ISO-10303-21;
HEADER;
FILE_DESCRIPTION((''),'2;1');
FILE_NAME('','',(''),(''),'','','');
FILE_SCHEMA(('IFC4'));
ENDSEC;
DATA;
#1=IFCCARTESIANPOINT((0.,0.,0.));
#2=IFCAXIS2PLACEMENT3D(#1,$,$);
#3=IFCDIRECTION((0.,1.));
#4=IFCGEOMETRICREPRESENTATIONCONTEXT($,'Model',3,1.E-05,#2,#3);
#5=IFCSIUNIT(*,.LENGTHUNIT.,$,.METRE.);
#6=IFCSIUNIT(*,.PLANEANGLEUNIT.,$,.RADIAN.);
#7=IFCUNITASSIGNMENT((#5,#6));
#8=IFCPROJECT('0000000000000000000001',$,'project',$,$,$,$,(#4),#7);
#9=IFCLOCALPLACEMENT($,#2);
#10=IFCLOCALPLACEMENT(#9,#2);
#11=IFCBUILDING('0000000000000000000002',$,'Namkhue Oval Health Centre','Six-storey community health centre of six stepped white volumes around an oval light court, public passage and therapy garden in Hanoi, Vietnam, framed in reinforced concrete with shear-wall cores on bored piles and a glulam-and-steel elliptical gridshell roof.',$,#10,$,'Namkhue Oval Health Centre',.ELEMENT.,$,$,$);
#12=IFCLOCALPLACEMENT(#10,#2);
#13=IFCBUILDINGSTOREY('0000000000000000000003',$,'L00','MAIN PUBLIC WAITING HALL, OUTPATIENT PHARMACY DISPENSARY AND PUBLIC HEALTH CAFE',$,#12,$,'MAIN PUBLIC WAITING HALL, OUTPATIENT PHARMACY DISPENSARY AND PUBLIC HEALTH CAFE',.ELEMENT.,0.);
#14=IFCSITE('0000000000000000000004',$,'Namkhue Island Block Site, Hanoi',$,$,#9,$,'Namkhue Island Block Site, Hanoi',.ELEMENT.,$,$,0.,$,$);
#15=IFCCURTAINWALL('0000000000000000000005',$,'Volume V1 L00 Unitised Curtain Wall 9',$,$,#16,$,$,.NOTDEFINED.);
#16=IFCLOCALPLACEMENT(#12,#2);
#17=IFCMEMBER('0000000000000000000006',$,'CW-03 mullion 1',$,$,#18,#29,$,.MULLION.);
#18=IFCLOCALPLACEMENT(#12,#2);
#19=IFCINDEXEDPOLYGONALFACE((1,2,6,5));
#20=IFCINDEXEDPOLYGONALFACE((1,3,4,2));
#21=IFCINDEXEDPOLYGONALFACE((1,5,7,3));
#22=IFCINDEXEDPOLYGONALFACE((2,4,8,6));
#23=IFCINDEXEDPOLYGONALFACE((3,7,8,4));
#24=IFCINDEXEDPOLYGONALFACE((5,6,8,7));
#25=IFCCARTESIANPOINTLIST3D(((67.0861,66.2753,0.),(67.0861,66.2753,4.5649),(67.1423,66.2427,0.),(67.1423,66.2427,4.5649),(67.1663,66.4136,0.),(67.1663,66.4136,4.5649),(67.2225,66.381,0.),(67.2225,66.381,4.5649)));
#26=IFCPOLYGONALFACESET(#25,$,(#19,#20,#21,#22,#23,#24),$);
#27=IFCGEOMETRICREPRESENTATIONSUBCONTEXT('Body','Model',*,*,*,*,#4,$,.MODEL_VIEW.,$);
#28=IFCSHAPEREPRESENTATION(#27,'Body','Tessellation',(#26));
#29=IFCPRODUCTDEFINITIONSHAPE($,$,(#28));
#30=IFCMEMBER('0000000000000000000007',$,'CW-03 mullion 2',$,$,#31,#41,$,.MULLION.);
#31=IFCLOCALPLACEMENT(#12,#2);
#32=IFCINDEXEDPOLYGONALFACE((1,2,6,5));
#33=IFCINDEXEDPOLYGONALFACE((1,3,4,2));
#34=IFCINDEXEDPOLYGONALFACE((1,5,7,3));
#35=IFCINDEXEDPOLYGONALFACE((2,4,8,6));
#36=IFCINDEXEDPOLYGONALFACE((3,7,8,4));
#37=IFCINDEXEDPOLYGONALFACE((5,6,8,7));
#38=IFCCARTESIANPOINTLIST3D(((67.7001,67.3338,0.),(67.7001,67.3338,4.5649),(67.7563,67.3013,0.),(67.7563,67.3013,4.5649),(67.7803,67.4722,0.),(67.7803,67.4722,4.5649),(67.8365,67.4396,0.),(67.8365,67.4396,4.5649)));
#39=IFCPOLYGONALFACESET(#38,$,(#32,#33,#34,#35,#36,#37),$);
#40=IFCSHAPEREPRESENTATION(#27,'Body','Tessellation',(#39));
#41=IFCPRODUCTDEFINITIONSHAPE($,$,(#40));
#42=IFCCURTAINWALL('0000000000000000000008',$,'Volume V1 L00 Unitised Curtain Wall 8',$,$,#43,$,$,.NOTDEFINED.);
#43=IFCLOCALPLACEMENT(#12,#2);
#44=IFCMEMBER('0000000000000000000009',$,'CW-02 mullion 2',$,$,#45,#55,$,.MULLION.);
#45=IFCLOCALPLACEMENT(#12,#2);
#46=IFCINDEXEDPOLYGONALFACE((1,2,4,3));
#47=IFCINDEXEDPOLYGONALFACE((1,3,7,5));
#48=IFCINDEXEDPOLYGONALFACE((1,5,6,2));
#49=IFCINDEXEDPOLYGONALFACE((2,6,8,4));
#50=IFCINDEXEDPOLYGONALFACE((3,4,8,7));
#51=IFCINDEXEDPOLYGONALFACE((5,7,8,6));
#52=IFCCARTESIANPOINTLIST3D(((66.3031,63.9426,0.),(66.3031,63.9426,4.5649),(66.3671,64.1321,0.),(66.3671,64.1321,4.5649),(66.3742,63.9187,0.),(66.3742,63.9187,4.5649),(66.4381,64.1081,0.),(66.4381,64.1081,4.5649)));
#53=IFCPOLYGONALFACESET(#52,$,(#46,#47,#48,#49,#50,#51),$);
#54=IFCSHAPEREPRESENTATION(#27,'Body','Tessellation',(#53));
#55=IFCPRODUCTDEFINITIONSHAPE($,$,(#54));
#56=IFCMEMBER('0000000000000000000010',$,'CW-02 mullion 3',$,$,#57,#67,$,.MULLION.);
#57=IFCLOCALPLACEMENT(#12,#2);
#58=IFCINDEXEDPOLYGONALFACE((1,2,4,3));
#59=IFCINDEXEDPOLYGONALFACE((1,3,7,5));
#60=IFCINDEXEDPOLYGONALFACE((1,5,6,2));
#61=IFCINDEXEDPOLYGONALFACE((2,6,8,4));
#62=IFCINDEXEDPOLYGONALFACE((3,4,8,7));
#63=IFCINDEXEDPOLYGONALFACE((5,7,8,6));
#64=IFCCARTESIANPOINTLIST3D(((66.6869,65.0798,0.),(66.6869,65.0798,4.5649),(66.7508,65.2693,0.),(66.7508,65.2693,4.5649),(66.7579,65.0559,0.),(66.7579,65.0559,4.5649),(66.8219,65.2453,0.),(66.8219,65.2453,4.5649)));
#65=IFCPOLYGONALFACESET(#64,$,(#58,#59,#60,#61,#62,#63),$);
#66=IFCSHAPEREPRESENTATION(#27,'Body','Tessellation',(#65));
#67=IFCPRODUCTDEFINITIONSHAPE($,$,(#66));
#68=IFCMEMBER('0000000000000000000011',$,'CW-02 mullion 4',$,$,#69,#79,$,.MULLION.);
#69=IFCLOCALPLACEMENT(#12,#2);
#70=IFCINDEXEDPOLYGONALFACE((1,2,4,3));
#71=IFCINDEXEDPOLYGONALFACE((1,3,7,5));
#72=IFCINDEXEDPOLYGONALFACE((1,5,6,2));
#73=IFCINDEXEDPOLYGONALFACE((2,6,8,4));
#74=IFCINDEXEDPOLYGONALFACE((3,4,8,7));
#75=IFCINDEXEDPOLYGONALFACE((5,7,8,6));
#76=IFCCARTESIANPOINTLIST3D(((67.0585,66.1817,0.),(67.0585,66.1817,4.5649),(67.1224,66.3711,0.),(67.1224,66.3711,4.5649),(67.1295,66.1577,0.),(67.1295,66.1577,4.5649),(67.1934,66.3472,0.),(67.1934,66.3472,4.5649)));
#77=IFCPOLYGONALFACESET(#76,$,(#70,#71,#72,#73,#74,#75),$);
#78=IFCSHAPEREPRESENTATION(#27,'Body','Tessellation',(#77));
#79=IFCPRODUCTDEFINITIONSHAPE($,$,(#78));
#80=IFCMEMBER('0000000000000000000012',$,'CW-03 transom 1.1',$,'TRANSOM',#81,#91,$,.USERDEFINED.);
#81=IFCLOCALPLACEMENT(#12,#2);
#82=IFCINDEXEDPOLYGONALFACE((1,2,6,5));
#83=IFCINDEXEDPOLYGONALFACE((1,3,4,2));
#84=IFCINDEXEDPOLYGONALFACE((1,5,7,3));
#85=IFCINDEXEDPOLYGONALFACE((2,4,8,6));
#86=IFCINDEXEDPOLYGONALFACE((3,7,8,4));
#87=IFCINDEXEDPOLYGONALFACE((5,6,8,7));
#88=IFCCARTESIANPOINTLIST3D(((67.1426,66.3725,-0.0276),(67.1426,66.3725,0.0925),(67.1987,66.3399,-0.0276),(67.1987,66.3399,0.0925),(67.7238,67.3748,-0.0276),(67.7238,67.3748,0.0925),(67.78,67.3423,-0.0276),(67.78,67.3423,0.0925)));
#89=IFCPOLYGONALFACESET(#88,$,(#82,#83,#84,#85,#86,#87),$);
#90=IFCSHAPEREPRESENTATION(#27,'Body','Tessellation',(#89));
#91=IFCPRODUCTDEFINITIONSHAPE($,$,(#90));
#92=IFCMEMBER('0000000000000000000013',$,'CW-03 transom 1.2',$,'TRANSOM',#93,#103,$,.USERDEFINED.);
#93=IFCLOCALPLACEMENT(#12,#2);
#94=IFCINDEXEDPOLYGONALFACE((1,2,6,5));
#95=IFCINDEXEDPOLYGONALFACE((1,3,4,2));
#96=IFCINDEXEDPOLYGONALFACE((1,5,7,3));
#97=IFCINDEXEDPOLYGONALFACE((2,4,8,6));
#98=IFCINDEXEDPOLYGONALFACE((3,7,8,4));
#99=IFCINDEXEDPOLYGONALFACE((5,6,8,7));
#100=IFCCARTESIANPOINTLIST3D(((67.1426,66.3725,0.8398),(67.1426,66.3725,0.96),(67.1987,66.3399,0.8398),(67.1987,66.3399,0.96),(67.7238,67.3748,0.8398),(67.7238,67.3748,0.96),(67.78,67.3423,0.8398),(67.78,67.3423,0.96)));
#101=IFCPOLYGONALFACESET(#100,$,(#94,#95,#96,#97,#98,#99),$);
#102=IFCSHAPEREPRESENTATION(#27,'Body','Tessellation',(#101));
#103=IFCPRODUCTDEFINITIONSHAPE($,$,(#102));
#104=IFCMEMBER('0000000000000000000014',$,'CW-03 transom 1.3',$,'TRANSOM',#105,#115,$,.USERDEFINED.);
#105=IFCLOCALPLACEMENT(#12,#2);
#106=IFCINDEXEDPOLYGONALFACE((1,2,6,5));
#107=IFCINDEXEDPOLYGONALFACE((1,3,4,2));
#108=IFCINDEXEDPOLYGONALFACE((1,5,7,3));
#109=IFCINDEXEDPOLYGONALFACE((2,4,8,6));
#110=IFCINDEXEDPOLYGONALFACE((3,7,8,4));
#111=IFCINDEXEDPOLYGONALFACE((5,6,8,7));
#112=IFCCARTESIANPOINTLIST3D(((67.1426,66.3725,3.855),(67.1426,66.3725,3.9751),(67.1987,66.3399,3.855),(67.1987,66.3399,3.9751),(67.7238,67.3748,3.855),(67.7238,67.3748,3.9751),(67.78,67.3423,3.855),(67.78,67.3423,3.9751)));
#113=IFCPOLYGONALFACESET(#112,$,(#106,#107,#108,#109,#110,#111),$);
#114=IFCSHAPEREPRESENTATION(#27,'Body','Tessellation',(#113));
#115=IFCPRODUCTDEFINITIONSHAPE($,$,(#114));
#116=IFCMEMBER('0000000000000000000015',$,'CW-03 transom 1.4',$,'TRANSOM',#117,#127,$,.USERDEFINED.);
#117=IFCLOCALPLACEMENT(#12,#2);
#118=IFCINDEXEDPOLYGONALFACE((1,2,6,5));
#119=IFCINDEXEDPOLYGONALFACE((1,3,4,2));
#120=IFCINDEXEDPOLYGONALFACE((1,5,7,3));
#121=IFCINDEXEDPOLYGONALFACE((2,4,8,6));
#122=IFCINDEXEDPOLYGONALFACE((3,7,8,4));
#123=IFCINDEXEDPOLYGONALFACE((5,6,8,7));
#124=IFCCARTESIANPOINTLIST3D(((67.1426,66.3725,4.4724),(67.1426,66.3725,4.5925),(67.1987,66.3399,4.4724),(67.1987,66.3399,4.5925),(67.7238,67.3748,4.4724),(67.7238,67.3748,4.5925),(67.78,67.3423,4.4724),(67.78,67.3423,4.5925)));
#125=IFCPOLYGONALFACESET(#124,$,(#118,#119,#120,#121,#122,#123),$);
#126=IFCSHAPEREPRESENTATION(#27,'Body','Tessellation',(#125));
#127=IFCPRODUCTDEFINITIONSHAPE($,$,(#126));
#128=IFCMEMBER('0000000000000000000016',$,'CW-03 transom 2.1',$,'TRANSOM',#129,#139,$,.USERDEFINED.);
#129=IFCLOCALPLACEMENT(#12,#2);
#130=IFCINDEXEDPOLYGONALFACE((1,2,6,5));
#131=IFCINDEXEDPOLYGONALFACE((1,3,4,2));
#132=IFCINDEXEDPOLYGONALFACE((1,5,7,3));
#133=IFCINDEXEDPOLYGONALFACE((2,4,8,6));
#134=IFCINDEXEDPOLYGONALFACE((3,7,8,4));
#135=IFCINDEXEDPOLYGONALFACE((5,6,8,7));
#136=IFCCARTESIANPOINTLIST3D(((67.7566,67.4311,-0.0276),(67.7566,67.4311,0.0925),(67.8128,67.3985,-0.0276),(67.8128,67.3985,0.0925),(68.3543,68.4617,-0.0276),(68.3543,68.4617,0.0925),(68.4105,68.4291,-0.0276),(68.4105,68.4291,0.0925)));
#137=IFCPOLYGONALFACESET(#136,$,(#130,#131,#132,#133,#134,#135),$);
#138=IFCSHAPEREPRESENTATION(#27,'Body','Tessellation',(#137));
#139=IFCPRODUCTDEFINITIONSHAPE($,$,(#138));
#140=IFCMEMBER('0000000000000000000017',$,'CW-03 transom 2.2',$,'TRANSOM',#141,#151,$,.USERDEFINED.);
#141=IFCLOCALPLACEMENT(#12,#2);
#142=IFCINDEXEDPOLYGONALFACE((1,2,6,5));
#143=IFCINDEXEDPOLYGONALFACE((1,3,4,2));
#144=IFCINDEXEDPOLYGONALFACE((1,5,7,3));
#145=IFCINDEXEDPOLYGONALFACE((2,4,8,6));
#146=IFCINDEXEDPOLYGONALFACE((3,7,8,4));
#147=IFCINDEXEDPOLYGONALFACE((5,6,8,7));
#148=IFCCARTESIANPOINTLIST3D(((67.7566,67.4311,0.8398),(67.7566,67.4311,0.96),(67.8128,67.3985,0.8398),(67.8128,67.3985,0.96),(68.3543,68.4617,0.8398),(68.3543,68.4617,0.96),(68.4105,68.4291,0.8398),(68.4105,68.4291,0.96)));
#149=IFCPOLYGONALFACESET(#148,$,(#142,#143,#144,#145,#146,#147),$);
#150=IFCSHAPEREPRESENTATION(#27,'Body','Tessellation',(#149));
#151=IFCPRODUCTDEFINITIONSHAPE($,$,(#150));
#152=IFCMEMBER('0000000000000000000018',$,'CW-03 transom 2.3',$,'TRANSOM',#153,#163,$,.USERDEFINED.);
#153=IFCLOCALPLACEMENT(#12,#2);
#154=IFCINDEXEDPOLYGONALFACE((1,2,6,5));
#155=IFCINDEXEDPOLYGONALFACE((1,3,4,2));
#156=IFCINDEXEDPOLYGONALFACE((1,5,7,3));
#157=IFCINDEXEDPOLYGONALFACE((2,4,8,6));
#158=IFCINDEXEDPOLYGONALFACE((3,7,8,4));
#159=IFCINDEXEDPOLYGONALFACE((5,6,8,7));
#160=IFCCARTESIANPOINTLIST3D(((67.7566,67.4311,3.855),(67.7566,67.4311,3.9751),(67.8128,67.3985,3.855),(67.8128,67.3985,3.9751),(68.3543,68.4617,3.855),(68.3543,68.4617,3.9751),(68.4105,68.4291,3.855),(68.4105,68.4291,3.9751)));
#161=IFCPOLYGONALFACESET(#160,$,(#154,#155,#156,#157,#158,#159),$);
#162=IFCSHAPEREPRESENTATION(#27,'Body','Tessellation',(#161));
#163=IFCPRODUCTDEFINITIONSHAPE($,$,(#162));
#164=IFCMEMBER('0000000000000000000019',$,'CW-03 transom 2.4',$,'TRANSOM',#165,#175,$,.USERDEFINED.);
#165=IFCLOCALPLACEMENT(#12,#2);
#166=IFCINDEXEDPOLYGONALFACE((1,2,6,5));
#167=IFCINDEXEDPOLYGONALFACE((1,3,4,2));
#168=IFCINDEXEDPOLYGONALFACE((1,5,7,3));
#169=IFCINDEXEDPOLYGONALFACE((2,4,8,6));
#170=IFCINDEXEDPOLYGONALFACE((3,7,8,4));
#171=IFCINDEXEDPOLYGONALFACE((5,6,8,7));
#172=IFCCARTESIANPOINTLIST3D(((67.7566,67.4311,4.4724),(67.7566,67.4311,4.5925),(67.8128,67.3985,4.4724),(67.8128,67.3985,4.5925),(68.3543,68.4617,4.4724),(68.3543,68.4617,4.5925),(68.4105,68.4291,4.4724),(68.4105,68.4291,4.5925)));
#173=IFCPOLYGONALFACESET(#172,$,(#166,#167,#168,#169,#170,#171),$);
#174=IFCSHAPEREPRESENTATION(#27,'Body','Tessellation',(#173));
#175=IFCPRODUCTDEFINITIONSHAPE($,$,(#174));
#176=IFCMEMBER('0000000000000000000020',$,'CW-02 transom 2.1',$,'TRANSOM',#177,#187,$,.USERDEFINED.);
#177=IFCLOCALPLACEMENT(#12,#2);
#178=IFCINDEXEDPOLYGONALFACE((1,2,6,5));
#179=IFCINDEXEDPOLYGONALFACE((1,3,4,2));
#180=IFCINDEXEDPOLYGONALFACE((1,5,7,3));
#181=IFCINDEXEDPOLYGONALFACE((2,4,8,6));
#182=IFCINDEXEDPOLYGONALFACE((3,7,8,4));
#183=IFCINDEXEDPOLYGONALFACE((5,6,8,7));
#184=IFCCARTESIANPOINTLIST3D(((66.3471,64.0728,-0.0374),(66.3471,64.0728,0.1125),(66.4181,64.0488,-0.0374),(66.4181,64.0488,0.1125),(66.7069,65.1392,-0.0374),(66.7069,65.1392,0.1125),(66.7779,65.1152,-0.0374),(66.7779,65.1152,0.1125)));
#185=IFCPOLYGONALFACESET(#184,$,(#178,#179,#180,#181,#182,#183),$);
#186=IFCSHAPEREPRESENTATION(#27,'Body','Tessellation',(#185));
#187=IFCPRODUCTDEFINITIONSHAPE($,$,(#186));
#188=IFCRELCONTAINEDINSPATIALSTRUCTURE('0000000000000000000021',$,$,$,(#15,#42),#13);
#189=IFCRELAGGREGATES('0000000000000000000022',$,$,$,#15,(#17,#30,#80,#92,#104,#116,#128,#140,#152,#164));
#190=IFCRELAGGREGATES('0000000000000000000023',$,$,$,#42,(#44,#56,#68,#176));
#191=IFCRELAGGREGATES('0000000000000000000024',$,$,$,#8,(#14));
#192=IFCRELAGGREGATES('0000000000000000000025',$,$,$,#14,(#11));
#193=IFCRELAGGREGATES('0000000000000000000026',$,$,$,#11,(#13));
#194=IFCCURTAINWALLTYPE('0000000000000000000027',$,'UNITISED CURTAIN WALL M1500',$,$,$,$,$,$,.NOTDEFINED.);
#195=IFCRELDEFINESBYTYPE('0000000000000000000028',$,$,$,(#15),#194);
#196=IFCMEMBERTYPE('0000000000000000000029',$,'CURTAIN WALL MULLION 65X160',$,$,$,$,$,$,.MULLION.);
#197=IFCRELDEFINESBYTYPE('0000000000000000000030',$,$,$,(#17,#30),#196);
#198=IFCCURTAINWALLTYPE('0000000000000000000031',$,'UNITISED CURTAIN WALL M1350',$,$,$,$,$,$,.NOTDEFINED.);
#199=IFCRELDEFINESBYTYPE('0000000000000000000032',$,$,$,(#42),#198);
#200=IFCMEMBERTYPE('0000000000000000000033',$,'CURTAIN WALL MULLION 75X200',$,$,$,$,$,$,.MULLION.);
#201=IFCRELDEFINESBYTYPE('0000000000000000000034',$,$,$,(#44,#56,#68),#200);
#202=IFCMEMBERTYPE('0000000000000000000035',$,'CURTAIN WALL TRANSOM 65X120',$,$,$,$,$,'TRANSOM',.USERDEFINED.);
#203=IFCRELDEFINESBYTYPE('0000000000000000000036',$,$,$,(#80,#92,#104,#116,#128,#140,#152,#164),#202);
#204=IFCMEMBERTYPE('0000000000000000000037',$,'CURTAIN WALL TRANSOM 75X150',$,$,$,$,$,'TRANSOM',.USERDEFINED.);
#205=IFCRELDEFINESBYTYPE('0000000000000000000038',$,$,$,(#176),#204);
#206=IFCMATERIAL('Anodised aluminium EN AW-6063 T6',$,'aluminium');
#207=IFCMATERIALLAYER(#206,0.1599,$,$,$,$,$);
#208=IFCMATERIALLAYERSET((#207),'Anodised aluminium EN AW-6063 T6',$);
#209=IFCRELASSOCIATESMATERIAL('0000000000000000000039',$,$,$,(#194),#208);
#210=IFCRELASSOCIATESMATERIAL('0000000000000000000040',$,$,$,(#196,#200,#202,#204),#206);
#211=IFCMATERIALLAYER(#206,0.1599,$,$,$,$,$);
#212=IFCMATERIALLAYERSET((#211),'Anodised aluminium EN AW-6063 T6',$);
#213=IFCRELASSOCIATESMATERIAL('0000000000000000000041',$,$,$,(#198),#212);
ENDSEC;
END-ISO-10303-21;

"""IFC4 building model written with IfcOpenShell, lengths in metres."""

from ifc_helpers import new_model, si_unit, direction, frame, origin, origin_2d, place, context, subcontext, project, spatial, rectangle, extrude, material, layer, layer_set, material_profile, profile_set, type_object, element, aggregate, save


model = new_model("IFC4")

# Units and contexts
model_context = context("Model", 3, precision=1e-05, world=origin(), true_north=direction((0.0, 1.0)))
body_context = subcontext(model_context, "Body", "Model", "MODEL_VIEW")
ifc_project = project(units=[si_unit("LENGTHUNIT", "METRE"), si_unit("PLANEANGLEUNIT", "RADIAN")], contexts=[model_context])

# Site, building, storey
site_placement = place(None, origin())
site = spatial("IfcSite", under=ifc_project, at=site_placement, Name="Namkhue Island Block Site, Hanoi", LongName="Namkhue Island Block Site, Hanoi", CompositionType="ELEMENT", RefElevation=0.0)
building_placement = place(site_placement, origin())
building = spatial("IfcBuilding", under=site, at=building_placement, Name="Namkhue Oval Health Centre", Description="Six-storey community health centre of six stepped white volumes around an oval light court, public passage and therapy garden in Hanoi, Vietnam, framed in reinforced concrete with shear-wall cores on bored piles and a glulam-and-steel elliptical gridshell roof.", LongName="Namkhue Oval Health Centre", CompositionType="ELEMENT")
storey_placement = place(building_placement, origin())
storey = spatial("IfcBuildingStorey", under=building, at=storey_placement, Name="L00", Description="MAIN PUBLIC WAITING HALL, OUTPATIENT PHARMACY DISPENSARY AND PUBLIC HEALTH CAFE", LongName="MAIN PUBLIC WAITING HALL, OUTPATIENT PHARMACY DISPENSARY AND PUBLIC HEALTH CAFE", CompositionType="ELEMENT", Elevation=0.0)

# Curtain walls, members
ifc_material_1 = material(Name="Anodised aluminium EN AW-6063 T6", Category="aluminium")
ifc_layer_1 = layer(ifc_material_1, 0.1599)
ifc_layer_set_1 = layer_set([ifc_layer_1], Name="Anodised aluminium EN AW-6063 T6")
curtain_wall_type_1 = type_object("IfcCurtainWallType", Name="UNITISED CURTAIN WALL M1500", PredefinedType="NOTDEFINED", material=ifc_layer_set_1)
curtain_wall_1_placement = place(storey_placement, origin())
curtain_wall_1 = element("IfcCurtainWall", 1, at=curtain_wall_1_placement, inside=storey, type_object=curtain_wall_type_1, Name="Volume V1 L00 Unitised Curtain Wall 9", PredefinedType="NOTDEFINED")
ifc_material_profile_1 = material_profile(ifc_material_1, rectangle(XDim=0.0649, YDim=0.1599, at=origin_2d()), Name="ALU 65x160")
ifc_profile_set_1 = profile_set([ifc_material_profile_1], Name="Anodised aluminium EN AW-6063 T6")
member_type_1 = type_object("IfcMemberType", Name="CURTAIN WALL MULLION 65X160", PredefinedType="MULLION", material=ifc_profile_set_1)
member_1_placement = place(storey_placement, frame((67.1543, 66.3281, 0.0), z_axis=(0.0, 0.0, 1.0), x_axis=(-0.865008, 0.501758, 0.0)))
member_1 = element("IfcMember", 2, at=member_1_placement, type_object=member_type_1, Name="CW-03 mullion 1", PredefinedType="MULLION", context=body_context, shape_type="SweptSolid", body=[
    extrude(rectangle(XDim=0.0649, YDim=0.1599, at=origin_2d()), origin(), (0.0, 0.0, 1.0), 4.5649),
])
member_2_placement = place(storey_placement, frame((67.7683, 67.3867, 0.0), z_axis=(0.0, 0.0, 1.0), x_axis=(-0.865008, 0.501758, 0.0)))
member_2 = element("IfcMember", 3, at=member_2_placement, type_object=member_type_1, Name="CW-03 mullion 2", PredefinedType="MULLION", context=body_context, shape_type="SweptSolid", body=[
    extrude(rectangle(XDim=0.0649, YDim=0.1599, at=origin_2d()), origin(), (0.0, 0.0, 1.0), 4.5649),
])
ifc_layer_2 = layer(ifc_material_1, 0.1599)
ifc_layer_set_2 = layer_set([ifc_layer_2], Name="Anodised aluminium EN AW-6063 T6")
curtain_wall_type_2 = type_object("IfcCurtainWallType", Name="UNITISED CURTAIN WALL M1350", PredefinedType="NOTDEFINED", material=ifc_layer_set_2)
curtain_wall_2_placement = place(storey_placement, origin())
curtain_wall_2 = element("IfcCurtainWall", 4, at=curtain_wall_2_placement, inside=storey, type_object=curtain_wall_type_2, Name="Volume V1 L00 Unitised Curtain Wall 8", PredefinedType="NOTDEFINED")
ifc_material_profile_2 = material_profile(ifc_material_1, rectangle(XDim=0.075, YDim=0.2, at=origin_2d()), Name="ALU 75x200")
ifc_profile_set_2 = profile_set([ifc_material_profile_2], Name="Anodised aluminium EN AW-6063 T6")
member_type_2 = type_object("IfcMemberType", Name="CURTAIN WALL MULLION 75X200", PredefinedType="MULLION", material=ifc_profile_set_2)
member_3_placement = place(storey_placement, frame((66.3706, 64.0254, 0.0), z_axis=(0.0, 0.0, 1.0), x_axis=(-0.947539, 0.319642, 0.0)))
member_3 = element("IfcMember", 5, at=member_3_placement, type_object=member_type_2, Name="CW-02 mullion 2", PredefinedType="MULLION", context=body_context, shape_type="SweptSolid", body=[
    extrude(rectangle(XDim=0.075, YDim=0.2, at=origin_2d()), origin(), (0.0, 0.0, 1.0), 4.5649),
])
member_4_placement = place(storey_placement, frame((66.7544, 65.1626, 0.0), z_axis=(0.0, 0.0, 1.0), x_axis=(-0.947539, 0.319642, 0.0)))
member_4 = element("IfcMember", 6, at=member_4_placement, type_object=member_type_2, Name="CW-02 mullion 3", PredefinedType="MULLION", context=body_context, shape_type="SweptSolid", body=[
    extrude(rectangle(XDim=0.075, YDim=0.2, at=origin_2d()), origin(), (0.0, 0.0, 1.0), 4.5649),
])
member_5_placement = place(storey_placement, frame((67.126, 66.2644, 0.0), z_axis=(0.0, 0.0, 1.0), x_axis=(-0.947539, 0.319642, 0.0)))
member_5 = element("IfcMember", 7, at=member_5_placement, type_object=member_type_2, Name="CW-02 mullion 4", PredefinedType="MULLION", context=body_context, shape_type="SweptSolid", body=[
    extrude(rectangle(XDim=0.075, YDim=0.2, at=origin_2d()), origin(), (0.0, 0.0, 1.0), 4.5649),
])

# Members
ifc_material_profile_3 = material_profile(ifc_material_1, rectangle(XDim=0.0649, YDim=0.1201, at=origin_2d()), Name="ALU 65x120")
ifc_profile_set_3 = profile_set([ifc_material_profile_3], Name="Anodised aluminium EN AW-6063 T6")
member_type_3 = type_object("IfcMemberType", Name="CURTAIN WALL TRANSOM 65X120", ElementType="TRANSOM", PredefinedType="USERDEFINED", material=ifc_profile_set_3)
member_6_placement = place(storey_placement, frame((67.1707, 66.3562, 0.0325), z_axis=(0.501642, 0.865075, 0.0), x_axis=(-0.865075, 0.501642, 0.0)))
member_6 = element("IfcMember", 8, at=member_6_placement, type_object=member_type_3, Name="CW-03 transom 1.1", ObjectType="TRANSOM", PredefinedType="USERDEFINED", context=body_context, shape_type="SweptSolid", body=[
    extrude(rectangle(XDim=0.0649, YDim=0.1201, at=origin_2d()), origin(), (0.0, 0.0, 1.0), 1.1587),
])
member_7_placement = place(storey_placement, frame((67.1707, 66.3562, 0.8999), z_axis=(0.501642, 0.865075, 0.0), x_axis=(-0.865075, 0.501642, 0.0)))
member_7 = element("IfcMember", 9, at=member_7_placement, type_object=member_type_3, Name="CW-03 transom 1.2", ObjectType="TRANSOM", PredefinedType="USERDEFINED", context=body_context, shape_type="SweptSolid", body=[
    extrude(rectangle(XDim=0.0649, YDim=0.1201, at=origin_2d()), origin(), (0.0, 0.0, 1.0), 1.1587),
])
member_8_placement = place(storey_placement, frame((67.1707, 66.3562, 3.915), z_axis=(0.501642, 0.865075, 0.0), x_axis=(-0.865075, 0.501642, 0.0)))
member_8 = element("IfcMember", 10, at=member_8_placement, type_object=member_type_3, Name="CW-03 transom 1.3", ObjectType="TRANSOM", PredefinedType="USERDEFINED", context=body_context, shape_type="SweptSolid", body=[
    extrude(rectangle(XDim=0.0649, YDim=0.1201, at=origin_2d()), origin(), (0.0, 0.0, 1.0), 1.1587),
])
member_9_placement = place(storey_placement, frame((67.1707, 66.3562, 4.5325), z_axis=(0.501642, 0.865075, 0.0), x_axis=(-0.865075, 0.501642, 0.0)))
member_9 = element("IfcMember", 11, at=member_9_placement, type_object=member_type_3, Name="CW-03 transom 1.4", ObjectType="TRANSOM", PredefinedType="USERDEFINED", context=body_context, shape_type="SweptSolid", body=[
    extrude(rectangle(XDim=0.0649, YDim=0.1201, at=origin_2d()), origin(), (0.0, 0.0, 1.0), 1.1587),
])
member_10_placement = place(storey_placement, frame((67.7847, 67.4148, 0.0325), z_axis=(0.50169, 0.865047, 0.0), x_axis=(-0.865047, 0.50169, 0.0)))
member_10 = element("IfcMember", 12, at=member_10_placement, type_object=member_type_3, Name="CW-03 transom 2.1", ObjectType="TRANSOM", PredefinedType="USERDEFINED", context=body_context, shape_type="SweptSolid", body=[
    extrude(rectangle(XDim=0.0649, YDim=0.1201, at=origin_2d()), origin(), (0.0, 0.0, 1.0), 1.1914),
])
member_11_placement = place(storey_placement, frame((67.7847, 67.4148, 0.8999), z_axis=(0.50169, 0.865047, 0.0), x_axis=(-0.865047, 0.50169, 0.0)))
member_11 = element("IfcMember", 13, at=member_11_placement, type_object=member_type_3, Name="CW-03 transom 2.2", ObjectType="TRANSOM", PredefinedType="USERDEFINED", context=body_context, shape_type="SweptSolid", body=[
    extrude(rectangle(XDim=0.0649, YDim=0.1201, at=origin_2d()), origin(), (0.0, 0.0, 1.0), 1.1914),
])
member_12_placement = place(storey_placement, frame((67.7847, 67.4148, 3.915), z_axis=(0.50169, 0.865047, 0.0), x_axis=(-0.865047, 0.50169, 0.0)))
member_12 = element("IfcMember", 14, at=member_12_placement, type_object=member_type_3, Name="CW-03 transom 2.3", ObjectType="TRANSOM", PredefinedType="USERDEFINED", context=body_context, shape_type="SweptSolid", body=[
    extrude(rectangle(XDim=0.0649, YDim=0.1201, at=origin_2d()), origin(), (0.0, 0.0, 1.0), 1.1914),
])
member_13_placement = place(storey_placement, frame((67.7847, 67.4148, 4.5325), z_axis=(0.50169, 0.865047, 0.0), x_axis=(-0.865047, 0.50169, 0.0)))
member_13 = element("IfcMember", 15, at=member_13_placement, type_object=member_type_3, Name="CW-03 transom 2.4", ObjectType="TRANSOM", PredefinedType="USERDEFINED", context=body_context, shape_type="SweptSolid", body=[
    extrude(rectangle(XDim=0.0649, YDim=0.1201, at=origin_2d()), origin(), (0.0, 0.0, 1.0), 1.1914),
])
ifc_material_profile_4 = material_profile(ifc_material_1, rectangle(XDim=0.075, YDim=0.1499, at=origin_2d()), Name="ALU 75x150")
ifc_profile_set_4 = profile_set([ifc_material_profile_4], Name="Anodised aluminium EN AW-6063 T6")
member_type_4 = type_object("IfcMemberType", Name="CURTAIN WALL TRANSOM 75X150", ElementType="TRANSOM", PredefinedType="USERDEFINED", material=ifc_profile_set_4)
member_14_placement = place(storey_placement, frame((66.3826, 64.0608, 0.0376), z_axis=(0.31974, 0.947505, 0.0), x_axis=(-0.947505, 0.31974, 0.0)))
member_14 = element("IfcMember", 16, at=member_14_placement, type_object=member_type_4, Name="CW-02 transom 2.1", ObjectType="TRANSOM", PredefinedType="USERDEFINED", context=body_context, shape_type="SweptSolid", body=[
    extrude(rectangle(XDim=0.075, YDim=0.1499, at=origin_2d()), origin(), (0.0, 0.0, 1.0), 1.1255),
])

aggregate(curtain_wall_1, [member_1, member_2, member_6, member_7, member_8, member_9, member_10, member_11, member_12, member_13])
aggregate(curtain_wall_2, [member_3, member_4, member_5, member_14])

save(model, "model.ifc")
